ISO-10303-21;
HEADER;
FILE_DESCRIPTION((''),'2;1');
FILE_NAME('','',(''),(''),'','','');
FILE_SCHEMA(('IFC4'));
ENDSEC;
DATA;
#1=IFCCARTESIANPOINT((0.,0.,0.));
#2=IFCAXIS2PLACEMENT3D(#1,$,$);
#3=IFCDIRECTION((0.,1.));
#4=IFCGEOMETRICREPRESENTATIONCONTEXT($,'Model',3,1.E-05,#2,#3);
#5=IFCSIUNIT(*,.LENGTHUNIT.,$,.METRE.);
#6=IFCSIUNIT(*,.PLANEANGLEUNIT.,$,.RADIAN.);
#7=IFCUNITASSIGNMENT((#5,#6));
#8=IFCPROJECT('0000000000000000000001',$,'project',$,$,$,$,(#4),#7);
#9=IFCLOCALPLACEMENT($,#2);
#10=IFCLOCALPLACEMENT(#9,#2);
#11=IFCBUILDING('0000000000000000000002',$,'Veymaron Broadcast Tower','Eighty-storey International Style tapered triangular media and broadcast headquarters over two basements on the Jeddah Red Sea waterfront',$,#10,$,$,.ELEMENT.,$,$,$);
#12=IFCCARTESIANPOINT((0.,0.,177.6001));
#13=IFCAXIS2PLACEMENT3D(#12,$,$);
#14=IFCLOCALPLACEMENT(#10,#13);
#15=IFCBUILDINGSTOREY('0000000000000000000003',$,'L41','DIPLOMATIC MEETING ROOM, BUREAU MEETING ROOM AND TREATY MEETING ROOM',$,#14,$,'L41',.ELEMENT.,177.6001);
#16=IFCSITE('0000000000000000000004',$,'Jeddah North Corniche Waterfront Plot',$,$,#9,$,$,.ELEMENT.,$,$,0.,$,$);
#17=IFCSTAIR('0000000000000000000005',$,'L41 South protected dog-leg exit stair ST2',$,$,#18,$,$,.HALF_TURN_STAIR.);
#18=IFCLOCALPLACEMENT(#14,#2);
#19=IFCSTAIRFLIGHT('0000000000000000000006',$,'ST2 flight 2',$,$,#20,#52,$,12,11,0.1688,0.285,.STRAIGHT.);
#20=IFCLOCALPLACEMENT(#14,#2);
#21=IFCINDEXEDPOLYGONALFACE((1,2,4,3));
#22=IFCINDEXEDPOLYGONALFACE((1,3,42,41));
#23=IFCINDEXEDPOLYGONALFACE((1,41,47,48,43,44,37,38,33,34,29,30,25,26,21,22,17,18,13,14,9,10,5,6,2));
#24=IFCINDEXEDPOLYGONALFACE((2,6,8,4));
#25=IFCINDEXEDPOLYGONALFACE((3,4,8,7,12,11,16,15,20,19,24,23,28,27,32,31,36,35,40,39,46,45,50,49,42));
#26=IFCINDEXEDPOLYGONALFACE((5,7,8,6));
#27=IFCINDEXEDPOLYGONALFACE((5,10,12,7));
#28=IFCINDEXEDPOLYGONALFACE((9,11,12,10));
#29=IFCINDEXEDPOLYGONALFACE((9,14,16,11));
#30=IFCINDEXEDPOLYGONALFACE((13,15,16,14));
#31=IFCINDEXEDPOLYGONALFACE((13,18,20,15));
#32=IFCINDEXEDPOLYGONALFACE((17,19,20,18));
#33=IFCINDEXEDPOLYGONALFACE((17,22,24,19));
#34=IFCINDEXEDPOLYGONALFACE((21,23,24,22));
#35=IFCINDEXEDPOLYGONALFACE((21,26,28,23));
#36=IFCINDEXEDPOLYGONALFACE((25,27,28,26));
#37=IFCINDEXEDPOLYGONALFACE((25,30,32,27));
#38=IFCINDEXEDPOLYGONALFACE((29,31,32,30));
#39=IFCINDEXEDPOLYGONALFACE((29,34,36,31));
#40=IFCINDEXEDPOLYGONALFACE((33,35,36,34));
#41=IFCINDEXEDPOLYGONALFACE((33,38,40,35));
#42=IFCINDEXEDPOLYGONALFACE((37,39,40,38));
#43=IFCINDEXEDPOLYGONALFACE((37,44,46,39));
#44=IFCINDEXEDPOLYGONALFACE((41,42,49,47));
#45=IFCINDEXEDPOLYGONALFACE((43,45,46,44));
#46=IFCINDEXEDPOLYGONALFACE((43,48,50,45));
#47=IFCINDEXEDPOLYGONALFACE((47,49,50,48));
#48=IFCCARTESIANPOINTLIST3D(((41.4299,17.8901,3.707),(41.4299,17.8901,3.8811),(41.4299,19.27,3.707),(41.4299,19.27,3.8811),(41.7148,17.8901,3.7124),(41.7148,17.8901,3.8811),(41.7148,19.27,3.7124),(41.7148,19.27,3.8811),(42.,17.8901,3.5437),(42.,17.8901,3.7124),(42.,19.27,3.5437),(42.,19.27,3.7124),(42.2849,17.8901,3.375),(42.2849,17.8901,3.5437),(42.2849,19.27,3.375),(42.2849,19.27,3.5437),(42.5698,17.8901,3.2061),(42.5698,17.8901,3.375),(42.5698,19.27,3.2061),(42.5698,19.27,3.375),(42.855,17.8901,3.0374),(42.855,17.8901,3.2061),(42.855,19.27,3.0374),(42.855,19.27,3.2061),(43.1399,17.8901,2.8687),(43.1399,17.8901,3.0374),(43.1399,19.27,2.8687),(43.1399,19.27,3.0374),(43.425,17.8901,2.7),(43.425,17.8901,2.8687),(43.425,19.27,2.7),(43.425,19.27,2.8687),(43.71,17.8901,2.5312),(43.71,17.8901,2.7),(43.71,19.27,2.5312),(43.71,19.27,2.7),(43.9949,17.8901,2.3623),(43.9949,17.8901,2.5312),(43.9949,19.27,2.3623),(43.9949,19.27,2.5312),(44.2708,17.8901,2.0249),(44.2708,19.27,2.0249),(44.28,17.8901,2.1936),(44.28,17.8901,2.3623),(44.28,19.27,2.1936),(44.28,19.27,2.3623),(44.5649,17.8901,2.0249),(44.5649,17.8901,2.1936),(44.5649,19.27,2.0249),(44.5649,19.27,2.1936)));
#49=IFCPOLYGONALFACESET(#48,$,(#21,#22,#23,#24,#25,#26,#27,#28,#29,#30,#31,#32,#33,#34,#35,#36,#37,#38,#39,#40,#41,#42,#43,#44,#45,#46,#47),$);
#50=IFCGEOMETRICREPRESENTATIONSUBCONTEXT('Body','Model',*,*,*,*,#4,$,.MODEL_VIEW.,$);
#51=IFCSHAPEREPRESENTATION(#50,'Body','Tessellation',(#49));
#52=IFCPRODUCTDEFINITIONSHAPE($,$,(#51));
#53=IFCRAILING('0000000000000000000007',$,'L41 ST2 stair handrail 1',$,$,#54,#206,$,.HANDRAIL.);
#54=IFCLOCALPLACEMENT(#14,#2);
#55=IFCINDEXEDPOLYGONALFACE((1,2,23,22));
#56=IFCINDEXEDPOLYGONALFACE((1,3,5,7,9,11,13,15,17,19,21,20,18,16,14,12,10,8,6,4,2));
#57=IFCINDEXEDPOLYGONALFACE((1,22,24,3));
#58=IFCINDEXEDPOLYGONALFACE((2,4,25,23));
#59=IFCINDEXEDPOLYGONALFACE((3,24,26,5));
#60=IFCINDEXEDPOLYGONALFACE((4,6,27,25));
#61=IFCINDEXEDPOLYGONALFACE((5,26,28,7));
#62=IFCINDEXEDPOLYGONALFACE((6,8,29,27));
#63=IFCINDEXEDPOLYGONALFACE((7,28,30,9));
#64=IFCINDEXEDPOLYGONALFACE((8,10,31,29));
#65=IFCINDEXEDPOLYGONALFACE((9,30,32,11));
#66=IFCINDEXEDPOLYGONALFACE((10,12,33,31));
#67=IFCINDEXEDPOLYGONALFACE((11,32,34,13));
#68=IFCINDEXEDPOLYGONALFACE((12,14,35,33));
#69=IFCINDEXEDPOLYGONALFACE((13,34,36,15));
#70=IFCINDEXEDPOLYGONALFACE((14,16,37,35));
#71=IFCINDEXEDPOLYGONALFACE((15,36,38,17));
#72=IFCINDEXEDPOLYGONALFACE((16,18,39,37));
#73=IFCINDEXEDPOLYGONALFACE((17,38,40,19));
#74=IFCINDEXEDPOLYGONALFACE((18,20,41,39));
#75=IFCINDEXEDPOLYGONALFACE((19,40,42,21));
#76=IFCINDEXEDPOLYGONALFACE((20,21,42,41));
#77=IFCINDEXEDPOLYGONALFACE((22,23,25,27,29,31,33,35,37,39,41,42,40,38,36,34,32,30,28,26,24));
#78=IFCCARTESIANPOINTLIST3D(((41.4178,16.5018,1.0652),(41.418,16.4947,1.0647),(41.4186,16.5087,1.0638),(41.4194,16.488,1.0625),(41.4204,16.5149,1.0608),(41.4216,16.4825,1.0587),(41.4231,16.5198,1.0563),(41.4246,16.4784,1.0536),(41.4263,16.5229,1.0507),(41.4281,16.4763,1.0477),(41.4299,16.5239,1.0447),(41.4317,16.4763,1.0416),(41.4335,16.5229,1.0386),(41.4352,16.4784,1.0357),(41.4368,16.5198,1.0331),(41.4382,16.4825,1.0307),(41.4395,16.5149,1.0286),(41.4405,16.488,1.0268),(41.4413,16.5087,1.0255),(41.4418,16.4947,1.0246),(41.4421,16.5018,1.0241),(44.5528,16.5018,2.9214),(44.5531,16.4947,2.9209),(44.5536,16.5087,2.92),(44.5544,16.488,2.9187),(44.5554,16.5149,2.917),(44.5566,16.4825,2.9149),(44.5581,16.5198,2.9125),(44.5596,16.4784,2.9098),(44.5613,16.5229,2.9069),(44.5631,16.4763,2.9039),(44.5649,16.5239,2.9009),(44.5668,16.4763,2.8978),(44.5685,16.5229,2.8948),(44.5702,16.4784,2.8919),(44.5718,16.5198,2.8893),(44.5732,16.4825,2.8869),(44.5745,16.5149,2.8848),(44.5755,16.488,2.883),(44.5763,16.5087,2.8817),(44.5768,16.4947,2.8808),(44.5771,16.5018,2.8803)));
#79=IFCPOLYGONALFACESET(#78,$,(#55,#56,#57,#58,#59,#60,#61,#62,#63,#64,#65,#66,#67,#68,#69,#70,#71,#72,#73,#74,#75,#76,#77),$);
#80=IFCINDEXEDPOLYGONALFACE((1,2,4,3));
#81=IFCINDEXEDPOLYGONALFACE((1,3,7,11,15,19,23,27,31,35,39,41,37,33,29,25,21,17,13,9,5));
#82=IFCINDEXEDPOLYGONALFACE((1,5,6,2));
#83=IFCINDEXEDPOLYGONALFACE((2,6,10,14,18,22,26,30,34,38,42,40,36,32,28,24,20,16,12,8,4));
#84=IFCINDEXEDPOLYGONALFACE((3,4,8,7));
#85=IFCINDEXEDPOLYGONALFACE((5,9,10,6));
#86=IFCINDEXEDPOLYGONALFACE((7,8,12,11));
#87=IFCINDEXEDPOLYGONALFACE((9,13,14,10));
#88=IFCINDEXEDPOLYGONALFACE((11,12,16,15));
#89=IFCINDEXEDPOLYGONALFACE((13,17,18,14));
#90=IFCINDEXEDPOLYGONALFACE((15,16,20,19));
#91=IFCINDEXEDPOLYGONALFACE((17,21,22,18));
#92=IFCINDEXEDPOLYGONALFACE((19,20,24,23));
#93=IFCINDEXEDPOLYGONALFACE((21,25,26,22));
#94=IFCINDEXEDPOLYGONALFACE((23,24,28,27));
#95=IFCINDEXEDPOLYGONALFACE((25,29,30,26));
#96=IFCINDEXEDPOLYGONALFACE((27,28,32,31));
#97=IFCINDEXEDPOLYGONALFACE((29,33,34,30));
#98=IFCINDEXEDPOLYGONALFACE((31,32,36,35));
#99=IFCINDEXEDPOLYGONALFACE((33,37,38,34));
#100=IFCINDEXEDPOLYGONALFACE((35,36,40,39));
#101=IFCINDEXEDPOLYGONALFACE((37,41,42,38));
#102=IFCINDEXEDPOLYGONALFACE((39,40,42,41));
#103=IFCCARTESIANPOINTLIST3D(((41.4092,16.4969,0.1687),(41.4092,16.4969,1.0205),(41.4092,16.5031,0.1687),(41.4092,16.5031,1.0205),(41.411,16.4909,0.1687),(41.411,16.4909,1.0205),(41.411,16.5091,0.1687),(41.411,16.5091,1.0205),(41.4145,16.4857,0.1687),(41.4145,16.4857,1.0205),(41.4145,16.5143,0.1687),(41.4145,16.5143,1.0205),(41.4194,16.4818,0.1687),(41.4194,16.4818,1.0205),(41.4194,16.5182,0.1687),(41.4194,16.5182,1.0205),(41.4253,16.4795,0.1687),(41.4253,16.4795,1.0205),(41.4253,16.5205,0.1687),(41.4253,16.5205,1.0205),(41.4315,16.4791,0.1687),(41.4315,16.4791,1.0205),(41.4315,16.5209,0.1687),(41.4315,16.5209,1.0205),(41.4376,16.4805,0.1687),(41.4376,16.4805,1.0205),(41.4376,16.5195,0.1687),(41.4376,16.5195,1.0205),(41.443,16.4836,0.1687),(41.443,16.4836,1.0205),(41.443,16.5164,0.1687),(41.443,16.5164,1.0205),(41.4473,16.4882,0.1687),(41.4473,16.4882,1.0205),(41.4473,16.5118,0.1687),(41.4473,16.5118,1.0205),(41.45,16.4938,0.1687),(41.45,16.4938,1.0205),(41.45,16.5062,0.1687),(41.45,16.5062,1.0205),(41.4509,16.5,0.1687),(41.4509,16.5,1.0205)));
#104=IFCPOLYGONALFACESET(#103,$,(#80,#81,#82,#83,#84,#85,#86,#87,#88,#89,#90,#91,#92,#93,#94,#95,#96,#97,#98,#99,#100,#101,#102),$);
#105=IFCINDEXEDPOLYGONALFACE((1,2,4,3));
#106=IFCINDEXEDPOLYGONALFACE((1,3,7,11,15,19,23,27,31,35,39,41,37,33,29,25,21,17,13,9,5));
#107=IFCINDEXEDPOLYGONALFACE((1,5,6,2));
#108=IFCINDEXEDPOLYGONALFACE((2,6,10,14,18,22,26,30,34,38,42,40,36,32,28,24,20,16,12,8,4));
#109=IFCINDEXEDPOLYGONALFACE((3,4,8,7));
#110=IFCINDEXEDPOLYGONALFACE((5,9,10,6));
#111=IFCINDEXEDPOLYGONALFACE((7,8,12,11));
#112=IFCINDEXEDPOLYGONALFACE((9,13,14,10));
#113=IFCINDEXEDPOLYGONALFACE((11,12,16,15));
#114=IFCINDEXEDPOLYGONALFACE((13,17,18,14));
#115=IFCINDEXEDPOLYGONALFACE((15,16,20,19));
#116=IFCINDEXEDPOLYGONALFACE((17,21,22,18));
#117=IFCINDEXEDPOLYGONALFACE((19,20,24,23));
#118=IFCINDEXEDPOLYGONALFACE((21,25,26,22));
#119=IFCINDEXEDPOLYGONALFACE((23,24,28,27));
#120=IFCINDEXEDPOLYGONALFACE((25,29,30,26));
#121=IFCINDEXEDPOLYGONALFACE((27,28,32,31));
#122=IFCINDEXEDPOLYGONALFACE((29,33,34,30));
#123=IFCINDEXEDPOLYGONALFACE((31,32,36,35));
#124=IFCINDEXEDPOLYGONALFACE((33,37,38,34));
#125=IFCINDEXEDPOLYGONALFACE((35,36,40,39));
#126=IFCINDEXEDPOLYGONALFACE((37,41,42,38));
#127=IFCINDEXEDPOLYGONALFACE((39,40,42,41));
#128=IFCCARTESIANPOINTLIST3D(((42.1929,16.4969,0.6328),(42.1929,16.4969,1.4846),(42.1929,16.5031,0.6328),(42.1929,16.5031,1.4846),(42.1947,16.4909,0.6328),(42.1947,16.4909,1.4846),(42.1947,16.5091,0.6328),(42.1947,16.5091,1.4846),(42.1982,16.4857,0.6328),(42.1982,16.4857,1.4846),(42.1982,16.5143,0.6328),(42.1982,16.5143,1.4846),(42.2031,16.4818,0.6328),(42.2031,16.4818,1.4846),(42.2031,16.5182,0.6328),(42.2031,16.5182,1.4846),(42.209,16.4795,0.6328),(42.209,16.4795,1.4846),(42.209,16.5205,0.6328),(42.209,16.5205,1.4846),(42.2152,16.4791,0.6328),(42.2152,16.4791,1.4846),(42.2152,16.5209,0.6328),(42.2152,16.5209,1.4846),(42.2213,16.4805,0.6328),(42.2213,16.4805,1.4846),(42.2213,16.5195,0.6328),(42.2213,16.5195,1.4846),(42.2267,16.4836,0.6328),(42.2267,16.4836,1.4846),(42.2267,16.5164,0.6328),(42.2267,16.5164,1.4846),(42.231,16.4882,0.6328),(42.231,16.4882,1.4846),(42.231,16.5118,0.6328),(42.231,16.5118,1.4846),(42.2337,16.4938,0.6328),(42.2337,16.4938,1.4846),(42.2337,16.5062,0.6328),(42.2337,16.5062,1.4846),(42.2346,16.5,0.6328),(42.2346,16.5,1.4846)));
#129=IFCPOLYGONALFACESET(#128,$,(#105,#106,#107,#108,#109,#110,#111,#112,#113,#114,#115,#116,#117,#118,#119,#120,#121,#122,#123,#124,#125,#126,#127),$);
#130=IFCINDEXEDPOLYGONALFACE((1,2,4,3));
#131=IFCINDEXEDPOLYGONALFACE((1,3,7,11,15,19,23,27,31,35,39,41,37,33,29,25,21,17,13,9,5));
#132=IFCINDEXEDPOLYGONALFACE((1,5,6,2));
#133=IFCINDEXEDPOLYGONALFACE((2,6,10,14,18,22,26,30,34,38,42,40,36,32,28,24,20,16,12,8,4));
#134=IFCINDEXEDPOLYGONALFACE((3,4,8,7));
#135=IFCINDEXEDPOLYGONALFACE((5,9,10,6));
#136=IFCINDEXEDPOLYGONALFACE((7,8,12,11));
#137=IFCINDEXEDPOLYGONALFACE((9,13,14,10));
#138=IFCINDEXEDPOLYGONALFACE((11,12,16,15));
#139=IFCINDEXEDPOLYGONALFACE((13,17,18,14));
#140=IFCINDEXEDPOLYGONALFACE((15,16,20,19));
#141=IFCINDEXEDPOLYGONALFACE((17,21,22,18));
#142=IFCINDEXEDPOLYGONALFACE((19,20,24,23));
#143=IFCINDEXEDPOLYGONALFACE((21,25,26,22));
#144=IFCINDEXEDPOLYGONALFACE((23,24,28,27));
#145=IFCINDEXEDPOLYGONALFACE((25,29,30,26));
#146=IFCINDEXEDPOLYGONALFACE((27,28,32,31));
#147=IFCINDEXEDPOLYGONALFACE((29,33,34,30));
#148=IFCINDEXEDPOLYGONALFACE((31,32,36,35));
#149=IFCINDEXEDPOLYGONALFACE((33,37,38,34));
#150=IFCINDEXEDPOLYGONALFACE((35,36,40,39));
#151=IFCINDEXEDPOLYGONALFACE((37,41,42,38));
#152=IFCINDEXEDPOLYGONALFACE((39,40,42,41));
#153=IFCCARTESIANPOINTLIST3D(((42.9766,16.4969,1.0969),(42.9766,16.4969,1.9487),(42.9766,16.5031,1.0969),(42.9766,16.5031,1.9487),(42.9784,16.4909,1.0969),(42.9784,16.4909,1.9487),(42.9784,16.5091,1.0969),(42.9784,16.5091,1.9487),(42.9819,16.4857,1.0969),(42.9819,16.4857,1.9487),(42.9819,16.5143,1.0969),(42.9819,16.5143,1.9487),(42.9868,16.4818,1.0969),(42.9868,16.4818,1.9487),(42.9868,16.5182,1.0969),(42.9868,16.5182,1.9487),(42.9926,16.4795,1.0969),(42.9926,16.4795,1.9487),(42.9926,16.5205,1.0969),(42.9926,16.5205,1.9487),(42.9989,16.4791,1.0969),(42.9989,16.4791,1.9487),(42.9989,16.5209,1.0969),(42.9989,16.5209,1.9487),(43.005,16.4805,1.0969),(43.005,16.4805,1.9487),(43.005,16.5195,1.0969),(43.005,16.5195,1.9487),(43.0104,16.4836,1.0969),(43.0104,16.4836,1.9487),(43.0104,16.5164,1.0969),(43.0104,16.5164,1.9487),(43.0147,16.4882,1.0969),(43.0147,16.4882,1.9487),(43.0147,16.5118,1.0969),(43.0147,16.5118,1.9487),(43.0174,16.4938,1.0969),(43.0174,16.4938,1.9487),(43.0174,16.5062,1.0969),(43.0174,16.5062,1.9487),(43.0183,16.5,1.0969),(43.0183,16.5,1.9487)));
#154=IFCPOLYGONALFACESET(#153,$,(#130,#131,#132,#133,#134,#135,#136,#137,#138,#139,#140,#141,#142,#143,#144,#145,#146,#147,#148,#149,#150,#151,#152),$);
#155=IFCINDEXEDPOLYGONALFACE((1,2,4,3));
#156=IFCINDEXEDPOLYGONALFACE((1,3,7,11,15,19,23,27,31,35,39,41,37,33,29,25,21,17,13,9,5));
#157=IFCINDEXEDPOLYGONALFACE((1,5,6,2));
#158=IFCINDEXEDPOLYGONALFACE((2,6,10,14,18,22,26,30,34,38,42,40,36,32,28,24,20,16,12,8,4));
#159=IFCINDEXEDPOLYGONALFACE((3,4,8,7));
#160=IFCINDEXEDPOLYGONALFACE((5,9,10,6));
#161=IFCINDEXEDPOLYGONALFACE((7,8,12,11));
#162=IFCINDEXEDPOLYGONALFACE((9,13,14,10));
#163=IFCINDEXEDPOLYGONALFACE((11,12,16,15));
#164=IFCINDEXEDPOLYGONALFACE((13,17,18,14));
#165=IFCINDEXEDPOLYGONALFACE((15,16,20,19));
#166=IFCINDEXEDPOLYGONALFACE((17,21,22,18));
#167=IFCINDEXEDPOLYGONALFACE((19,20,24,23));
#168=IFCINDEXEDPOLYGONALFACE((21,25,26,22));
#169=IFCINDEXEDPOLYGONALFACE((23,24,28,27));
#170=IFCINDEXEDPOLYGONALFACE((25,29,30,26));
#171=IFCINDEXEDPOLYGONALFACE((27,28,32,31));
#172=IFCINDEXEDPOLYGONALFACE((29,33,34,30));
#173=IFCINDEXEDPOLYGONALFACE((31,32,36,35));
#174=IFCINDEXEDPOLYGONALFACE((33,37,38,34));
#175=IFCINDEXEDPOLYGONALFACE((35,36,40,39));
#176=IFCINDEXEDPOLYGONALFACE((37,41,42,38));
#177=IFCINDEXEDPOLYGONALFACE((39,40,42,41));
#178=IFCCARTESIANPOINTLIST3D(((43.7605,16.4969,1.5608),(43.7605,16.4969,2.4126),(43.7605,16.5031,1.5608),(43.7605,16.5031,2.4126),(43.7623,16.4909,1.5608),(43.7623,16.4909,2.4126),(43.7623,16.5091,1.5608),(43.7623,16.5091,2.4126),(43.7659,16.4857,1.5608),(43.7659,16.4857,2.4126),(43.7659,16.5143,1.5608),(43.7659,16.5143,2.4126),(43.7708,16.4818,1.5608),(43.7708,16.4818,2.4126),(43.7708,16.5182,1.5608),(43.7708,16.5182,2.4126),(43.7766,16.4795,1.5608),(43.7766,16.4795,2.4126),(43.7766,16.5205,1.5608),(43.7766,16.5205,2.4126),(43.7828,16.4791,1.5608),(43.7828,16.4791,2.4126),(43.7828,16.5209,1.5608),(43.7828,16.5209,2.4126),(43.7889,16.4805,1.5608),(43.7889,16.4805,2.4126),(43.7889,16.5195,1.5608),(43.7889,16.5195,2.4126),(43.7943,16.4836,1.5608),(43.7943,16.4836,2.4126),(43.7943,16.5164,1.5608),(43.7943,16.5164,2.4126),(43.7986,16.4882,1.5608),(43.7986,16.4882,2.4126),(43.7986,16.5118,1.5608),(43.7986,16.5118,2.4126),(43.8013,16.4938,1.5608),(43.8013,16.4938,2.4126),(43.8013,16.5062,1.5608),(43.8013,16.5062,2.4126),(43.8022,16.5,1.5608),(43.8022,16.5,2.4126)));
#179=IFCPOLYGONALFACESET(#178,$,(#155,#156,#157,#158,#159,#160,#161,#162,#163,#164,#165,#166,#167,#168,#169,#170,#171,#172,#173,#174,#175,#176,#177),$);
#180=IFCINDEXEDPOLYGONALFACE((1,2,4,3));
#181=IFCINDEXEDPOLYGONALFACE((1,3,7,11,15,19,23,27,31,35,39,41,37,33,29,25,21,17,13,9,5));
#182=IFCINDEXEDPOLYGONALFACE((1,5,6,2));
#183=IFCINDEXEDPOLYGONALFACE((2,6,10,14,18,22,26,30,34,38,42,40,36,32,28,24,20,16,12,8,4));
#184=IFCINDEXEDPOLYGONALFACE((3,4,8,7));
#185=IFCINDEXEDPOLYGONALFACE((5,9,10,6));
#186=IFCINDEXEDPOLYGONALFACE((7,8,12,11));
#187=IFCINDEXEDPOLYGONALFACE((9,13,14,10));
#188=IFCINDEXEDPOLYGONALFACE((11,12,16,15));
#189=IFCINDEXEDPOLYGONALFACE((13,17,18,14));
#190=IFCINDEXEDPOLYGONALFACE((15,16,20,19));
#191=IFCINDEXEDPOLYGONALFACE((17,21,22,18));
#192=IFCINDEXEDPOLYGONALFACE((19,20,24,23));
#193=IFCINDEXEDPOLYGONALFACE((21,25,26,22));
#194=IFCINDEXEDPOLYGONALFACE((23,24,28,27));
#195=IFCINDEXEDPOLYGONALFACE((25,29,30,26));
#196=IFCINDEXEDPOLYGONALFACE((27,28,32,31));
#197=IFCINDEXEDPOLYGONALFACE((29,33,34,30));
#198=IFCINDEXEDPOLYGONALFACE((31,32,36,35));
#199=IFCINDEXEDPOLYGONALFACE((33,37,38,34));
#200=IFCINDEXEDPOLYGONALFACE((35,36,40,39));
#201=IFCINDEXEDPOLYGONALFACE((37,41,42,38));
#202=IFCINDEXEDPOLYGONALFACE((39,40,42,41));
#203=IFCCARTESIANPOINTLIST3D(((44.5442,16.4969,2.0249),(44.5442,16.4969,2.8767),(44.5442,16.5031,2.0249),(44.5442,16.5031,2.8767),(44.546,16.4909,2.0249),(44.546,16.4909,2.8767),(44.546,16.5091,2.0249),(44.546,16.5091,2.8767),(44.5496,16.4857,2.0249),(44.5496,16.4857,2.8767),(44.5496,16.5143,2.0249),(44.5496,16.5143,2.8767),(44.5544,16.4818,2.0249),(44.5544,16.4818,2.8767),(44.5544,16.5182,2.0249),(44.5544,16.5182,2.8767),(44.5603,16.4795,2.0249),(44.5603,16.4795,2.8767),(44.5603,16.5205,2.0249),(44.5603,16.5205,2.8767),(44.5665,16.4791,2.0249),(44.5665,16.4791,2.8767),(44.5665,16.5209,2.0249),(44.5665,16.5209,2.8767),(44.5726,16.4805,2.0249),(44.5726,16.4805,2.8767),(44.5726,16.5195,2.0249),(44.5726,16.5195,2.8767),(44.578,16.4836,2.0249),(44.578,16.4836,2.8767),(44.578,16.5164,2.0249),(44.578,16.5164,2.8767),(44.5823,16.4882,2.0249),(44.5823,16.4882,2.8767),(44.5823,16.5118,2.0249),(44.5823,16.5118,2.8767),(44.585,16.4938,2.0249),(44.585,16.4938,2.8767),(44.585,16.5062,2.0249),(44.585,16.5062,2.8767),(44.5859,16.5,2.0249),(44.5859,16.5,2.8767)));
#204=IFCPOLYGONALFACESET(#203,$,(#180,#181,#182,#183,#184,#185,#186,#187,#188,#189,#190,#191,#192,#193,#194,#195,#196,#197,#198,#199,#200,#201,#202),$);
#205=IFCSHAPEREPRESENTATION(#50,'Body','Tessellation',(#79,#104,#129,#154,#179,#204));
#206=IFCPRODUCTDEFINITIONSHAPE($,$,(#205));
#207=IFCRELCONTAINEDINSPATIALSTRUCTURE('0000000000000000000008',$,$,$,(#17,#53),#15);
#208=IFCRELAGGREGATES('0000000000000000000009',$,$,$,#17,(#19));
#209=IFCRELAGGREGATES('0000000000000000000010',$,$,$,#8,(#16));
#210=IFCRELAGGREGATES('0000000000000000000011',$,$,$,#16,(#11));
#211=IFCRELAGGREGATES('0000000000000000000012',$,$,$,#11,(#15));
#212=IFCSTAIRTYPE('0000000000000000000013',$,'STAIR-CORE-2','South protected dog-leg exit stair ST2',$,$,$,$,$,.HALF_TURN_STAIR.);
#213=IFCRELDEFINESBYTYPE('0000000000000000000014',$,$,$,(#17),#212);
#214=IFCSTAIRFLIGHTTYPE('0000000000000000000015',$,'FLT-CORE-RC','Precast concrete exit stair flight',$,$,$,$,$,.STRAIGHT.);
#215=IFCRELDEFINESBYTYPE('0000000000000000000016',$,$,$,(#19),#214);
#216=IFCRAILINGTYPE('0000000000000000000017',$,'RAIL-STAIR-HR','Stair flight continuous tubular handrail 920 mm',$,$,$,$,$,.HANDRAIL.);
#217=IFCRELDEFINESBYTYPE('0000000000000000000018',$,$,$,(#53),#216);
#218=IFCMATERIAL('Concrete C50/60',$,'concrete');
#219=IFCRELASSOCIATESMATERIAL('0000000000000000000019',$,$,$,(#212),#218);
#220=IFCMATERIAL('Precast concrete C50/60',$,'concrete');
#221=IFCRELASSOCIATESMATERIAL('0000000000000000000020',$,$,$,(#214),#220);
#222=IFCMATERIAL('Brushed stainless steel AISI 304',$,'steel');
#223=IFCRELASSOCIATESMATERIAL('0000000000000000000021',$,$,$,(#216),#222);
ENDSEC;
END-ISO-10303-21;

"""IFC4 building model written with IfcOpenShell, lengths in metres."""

from ifc_helpers import new_model, si_unit, direction, frame, origin, origin_2d, place, context, subcontext, project, spatial, polyline, circle, outline, extrude, material, type_object, element, aggregate, save


model = new_model("IFC4")

# Units and contexts
model_context = context("Model", 3, precision=1e-05, world=origin(), true_north=direction((0.0, 1.0)))
body_context = subcontext(model_context, "Body", "Model", "MODEL_VIEW")
ifc_project = project(units=[si_unit("LENGTHUNIT", "METRE"), si_unit("PLANEANGLEUNIT", "RADIAN")], contexts=[model_context])

# Site, building, storey
site_placement = place(None, origin())
site = spatial("IfcSite", under=ifc_project, at=site_placement, Name="Jeddah North Corniche Waterfront Plot", CompositionType="ELEMENT", RefElevation=0.0)
building_placement = place(site_placement, origin())
building = spatial("IfcBuilding", under=site, at=building_placement, Name="Veymaron Broadcast Tower", Description="Eighty-storey International Style tapered triangular media and broadcast headquarters over two basements on the Jeddah Red Sea waterfront", CompositionType="ELEMENT")
storey_placement = place(building_placement, frame((0.0, 0.0, 177.6001)))
storey = spatial("IfcBuildingStorey", under=building, at=storey_placement, Name="L41", Description="DIPLOMATIC MEETING ROOM, BUREAU MEETING ROOM AND TREATY MEETING ROOM", LongName="L41", CompositionType="ELEMENT", Elevation=177.6001)

# Shared definitions
ifc_material_1 = material(Name="Concrete C50/60", Category="concrete")

# Stair, stair flight
stair_type = type_object("IfcStairType", Name="STAIR-CORE-2", Description="South protected dog-leg exit stair ST2", PredefinedType="HALF_TURN_STAIR", material=ifc_material_1)
stair_placement = place(storey_placement, origin())
stair = element("IfcStair", 1, at=stair_placement, inside=storey, type_object=stair_type, Name="L41 South protected dog-leg exit stair ST2", PredefinedType="HALF_TURN_STAIR")
ifc_material_2 = material(Name="Precast concrete C50/60", Category="concrete")
stair_flight_type = type_object("IfcStairFlightType", Name="FLT-CORE-RC", Description="Precast concrete exit stair flight", PredefinedType="STRAIGHT", material=ifc_material_2)
stair_flight_1_placement = place(storey_placement, frame((44.5649, 18.5801, 2.0249), z_axis=(0.0, 0.0, 1.0), x_axis=(-1.0, 0.0, 0.0)))
stair_flight_1 = element("IfcStairFlight", 2, at=stair_flight_1_placement, type_object=stair_flight_type, Name="ST2 flight 2", NumberOfRisers=12, NumberOfTreads=11, PredefinedType="STRAIGHT", RiserHeight=0.1688, TreadLength=0.285, context=body_context, shape_type="SweptSolid", body=[
    extrude(outline(polyline([(0.0, 0.0), (0.0, 0.1687), (0.2849, 0.1687), (0.2849, 0.3374), (0.5701, 0.3374), (0.5701, 0.5063), (0.855, 0.5063), (0.855, 0.675), (1.1399, 0.675), (1.1399, 0.8438), (1.425, 0.8438), (1.425, 1.0125), (1.71, 1.0125), (1.71, 1.1812), (1.9951, 1.1812), (1.9951, 1.3501), (2.28, 1.3501), (2.28, 1.5188), (2.5649, 1.5188), (2.5649, 1.6875), (2.8501, 1.6875), (2.8501, 1.8562), (3.135, 1.8562), (3.135, 2.0249), (3.135, 1.6821), (0.2942, 0.0), (0.0, 0.0)])), frame((0.0, 0.6899, 0.0), z_axis=(0.0, -1.0, 0.0), x_axis=(1.0, 0.0, 0.0)), (0.0, 0.0, 1.0), 1.3799),
])
aggregate(stair, [stair_flight_1])

# Railing
ifc_material_3 = material(Name="Brushed stainless steel AISI 304", Category="steel")
railing_type_1 = type_object("IfcRailingType", Name="RAIL-STAIR-HR", Description="Stair flight continuous tubular handrail 920 mm", PredefinedType="HANDRAIL", material=ifc_material_3)
railing_1_placement = place(storey_placement, frame((41.4299, 16.5, 0.1687)))
element("IfcRailing", 3, at=railing_1_placement, inside=storey, type_object=railing_type_1, Name="L41 ST2 stair handrail 1", PredefinedType="HANDRAIL", context=body_context, shape_type="SweptSolid", body=[
    extrude(circle(Radius=0.0239, at=origin_2d()), frame((0.0, 0.0, 0.876), z_axis=(0.860482, 0.0, 0.509481), x_axis=(0.0, 1.0, 0.0)), (0.0, 0.0, 1.0), 3.6433),
    extrude(circle(Radius=0.021, at=origin_2d()), origin(), (0.0, 0.0, 1.0), 0.8518),
    extrude(circle(Radius=0.021, at=origin_2d()), frame((0.7837, 0.0, 0.4641)), (0.0, 0.0, 1.0), 0.8518),
    extrude(circle(Radius=0.021, at=origin_2d()), frame((1.5674, 0.0, 0.9282)), (0.0, 0.0, 1.0), 0.8518),
    extrude(circle(Radius=0.021, at=origin_2d()), frame((2.3513, 0.0, 1.3921)), (0.0, 0.0, 1.0), 0.8518),
    extrude(circle(Radius=0.021, at=origin_2d()), frame((3.135, 0.0, 1.8562)), (0.0, 0.0, 1.0), 0.8518),
])

save(model, "model.ifc")
